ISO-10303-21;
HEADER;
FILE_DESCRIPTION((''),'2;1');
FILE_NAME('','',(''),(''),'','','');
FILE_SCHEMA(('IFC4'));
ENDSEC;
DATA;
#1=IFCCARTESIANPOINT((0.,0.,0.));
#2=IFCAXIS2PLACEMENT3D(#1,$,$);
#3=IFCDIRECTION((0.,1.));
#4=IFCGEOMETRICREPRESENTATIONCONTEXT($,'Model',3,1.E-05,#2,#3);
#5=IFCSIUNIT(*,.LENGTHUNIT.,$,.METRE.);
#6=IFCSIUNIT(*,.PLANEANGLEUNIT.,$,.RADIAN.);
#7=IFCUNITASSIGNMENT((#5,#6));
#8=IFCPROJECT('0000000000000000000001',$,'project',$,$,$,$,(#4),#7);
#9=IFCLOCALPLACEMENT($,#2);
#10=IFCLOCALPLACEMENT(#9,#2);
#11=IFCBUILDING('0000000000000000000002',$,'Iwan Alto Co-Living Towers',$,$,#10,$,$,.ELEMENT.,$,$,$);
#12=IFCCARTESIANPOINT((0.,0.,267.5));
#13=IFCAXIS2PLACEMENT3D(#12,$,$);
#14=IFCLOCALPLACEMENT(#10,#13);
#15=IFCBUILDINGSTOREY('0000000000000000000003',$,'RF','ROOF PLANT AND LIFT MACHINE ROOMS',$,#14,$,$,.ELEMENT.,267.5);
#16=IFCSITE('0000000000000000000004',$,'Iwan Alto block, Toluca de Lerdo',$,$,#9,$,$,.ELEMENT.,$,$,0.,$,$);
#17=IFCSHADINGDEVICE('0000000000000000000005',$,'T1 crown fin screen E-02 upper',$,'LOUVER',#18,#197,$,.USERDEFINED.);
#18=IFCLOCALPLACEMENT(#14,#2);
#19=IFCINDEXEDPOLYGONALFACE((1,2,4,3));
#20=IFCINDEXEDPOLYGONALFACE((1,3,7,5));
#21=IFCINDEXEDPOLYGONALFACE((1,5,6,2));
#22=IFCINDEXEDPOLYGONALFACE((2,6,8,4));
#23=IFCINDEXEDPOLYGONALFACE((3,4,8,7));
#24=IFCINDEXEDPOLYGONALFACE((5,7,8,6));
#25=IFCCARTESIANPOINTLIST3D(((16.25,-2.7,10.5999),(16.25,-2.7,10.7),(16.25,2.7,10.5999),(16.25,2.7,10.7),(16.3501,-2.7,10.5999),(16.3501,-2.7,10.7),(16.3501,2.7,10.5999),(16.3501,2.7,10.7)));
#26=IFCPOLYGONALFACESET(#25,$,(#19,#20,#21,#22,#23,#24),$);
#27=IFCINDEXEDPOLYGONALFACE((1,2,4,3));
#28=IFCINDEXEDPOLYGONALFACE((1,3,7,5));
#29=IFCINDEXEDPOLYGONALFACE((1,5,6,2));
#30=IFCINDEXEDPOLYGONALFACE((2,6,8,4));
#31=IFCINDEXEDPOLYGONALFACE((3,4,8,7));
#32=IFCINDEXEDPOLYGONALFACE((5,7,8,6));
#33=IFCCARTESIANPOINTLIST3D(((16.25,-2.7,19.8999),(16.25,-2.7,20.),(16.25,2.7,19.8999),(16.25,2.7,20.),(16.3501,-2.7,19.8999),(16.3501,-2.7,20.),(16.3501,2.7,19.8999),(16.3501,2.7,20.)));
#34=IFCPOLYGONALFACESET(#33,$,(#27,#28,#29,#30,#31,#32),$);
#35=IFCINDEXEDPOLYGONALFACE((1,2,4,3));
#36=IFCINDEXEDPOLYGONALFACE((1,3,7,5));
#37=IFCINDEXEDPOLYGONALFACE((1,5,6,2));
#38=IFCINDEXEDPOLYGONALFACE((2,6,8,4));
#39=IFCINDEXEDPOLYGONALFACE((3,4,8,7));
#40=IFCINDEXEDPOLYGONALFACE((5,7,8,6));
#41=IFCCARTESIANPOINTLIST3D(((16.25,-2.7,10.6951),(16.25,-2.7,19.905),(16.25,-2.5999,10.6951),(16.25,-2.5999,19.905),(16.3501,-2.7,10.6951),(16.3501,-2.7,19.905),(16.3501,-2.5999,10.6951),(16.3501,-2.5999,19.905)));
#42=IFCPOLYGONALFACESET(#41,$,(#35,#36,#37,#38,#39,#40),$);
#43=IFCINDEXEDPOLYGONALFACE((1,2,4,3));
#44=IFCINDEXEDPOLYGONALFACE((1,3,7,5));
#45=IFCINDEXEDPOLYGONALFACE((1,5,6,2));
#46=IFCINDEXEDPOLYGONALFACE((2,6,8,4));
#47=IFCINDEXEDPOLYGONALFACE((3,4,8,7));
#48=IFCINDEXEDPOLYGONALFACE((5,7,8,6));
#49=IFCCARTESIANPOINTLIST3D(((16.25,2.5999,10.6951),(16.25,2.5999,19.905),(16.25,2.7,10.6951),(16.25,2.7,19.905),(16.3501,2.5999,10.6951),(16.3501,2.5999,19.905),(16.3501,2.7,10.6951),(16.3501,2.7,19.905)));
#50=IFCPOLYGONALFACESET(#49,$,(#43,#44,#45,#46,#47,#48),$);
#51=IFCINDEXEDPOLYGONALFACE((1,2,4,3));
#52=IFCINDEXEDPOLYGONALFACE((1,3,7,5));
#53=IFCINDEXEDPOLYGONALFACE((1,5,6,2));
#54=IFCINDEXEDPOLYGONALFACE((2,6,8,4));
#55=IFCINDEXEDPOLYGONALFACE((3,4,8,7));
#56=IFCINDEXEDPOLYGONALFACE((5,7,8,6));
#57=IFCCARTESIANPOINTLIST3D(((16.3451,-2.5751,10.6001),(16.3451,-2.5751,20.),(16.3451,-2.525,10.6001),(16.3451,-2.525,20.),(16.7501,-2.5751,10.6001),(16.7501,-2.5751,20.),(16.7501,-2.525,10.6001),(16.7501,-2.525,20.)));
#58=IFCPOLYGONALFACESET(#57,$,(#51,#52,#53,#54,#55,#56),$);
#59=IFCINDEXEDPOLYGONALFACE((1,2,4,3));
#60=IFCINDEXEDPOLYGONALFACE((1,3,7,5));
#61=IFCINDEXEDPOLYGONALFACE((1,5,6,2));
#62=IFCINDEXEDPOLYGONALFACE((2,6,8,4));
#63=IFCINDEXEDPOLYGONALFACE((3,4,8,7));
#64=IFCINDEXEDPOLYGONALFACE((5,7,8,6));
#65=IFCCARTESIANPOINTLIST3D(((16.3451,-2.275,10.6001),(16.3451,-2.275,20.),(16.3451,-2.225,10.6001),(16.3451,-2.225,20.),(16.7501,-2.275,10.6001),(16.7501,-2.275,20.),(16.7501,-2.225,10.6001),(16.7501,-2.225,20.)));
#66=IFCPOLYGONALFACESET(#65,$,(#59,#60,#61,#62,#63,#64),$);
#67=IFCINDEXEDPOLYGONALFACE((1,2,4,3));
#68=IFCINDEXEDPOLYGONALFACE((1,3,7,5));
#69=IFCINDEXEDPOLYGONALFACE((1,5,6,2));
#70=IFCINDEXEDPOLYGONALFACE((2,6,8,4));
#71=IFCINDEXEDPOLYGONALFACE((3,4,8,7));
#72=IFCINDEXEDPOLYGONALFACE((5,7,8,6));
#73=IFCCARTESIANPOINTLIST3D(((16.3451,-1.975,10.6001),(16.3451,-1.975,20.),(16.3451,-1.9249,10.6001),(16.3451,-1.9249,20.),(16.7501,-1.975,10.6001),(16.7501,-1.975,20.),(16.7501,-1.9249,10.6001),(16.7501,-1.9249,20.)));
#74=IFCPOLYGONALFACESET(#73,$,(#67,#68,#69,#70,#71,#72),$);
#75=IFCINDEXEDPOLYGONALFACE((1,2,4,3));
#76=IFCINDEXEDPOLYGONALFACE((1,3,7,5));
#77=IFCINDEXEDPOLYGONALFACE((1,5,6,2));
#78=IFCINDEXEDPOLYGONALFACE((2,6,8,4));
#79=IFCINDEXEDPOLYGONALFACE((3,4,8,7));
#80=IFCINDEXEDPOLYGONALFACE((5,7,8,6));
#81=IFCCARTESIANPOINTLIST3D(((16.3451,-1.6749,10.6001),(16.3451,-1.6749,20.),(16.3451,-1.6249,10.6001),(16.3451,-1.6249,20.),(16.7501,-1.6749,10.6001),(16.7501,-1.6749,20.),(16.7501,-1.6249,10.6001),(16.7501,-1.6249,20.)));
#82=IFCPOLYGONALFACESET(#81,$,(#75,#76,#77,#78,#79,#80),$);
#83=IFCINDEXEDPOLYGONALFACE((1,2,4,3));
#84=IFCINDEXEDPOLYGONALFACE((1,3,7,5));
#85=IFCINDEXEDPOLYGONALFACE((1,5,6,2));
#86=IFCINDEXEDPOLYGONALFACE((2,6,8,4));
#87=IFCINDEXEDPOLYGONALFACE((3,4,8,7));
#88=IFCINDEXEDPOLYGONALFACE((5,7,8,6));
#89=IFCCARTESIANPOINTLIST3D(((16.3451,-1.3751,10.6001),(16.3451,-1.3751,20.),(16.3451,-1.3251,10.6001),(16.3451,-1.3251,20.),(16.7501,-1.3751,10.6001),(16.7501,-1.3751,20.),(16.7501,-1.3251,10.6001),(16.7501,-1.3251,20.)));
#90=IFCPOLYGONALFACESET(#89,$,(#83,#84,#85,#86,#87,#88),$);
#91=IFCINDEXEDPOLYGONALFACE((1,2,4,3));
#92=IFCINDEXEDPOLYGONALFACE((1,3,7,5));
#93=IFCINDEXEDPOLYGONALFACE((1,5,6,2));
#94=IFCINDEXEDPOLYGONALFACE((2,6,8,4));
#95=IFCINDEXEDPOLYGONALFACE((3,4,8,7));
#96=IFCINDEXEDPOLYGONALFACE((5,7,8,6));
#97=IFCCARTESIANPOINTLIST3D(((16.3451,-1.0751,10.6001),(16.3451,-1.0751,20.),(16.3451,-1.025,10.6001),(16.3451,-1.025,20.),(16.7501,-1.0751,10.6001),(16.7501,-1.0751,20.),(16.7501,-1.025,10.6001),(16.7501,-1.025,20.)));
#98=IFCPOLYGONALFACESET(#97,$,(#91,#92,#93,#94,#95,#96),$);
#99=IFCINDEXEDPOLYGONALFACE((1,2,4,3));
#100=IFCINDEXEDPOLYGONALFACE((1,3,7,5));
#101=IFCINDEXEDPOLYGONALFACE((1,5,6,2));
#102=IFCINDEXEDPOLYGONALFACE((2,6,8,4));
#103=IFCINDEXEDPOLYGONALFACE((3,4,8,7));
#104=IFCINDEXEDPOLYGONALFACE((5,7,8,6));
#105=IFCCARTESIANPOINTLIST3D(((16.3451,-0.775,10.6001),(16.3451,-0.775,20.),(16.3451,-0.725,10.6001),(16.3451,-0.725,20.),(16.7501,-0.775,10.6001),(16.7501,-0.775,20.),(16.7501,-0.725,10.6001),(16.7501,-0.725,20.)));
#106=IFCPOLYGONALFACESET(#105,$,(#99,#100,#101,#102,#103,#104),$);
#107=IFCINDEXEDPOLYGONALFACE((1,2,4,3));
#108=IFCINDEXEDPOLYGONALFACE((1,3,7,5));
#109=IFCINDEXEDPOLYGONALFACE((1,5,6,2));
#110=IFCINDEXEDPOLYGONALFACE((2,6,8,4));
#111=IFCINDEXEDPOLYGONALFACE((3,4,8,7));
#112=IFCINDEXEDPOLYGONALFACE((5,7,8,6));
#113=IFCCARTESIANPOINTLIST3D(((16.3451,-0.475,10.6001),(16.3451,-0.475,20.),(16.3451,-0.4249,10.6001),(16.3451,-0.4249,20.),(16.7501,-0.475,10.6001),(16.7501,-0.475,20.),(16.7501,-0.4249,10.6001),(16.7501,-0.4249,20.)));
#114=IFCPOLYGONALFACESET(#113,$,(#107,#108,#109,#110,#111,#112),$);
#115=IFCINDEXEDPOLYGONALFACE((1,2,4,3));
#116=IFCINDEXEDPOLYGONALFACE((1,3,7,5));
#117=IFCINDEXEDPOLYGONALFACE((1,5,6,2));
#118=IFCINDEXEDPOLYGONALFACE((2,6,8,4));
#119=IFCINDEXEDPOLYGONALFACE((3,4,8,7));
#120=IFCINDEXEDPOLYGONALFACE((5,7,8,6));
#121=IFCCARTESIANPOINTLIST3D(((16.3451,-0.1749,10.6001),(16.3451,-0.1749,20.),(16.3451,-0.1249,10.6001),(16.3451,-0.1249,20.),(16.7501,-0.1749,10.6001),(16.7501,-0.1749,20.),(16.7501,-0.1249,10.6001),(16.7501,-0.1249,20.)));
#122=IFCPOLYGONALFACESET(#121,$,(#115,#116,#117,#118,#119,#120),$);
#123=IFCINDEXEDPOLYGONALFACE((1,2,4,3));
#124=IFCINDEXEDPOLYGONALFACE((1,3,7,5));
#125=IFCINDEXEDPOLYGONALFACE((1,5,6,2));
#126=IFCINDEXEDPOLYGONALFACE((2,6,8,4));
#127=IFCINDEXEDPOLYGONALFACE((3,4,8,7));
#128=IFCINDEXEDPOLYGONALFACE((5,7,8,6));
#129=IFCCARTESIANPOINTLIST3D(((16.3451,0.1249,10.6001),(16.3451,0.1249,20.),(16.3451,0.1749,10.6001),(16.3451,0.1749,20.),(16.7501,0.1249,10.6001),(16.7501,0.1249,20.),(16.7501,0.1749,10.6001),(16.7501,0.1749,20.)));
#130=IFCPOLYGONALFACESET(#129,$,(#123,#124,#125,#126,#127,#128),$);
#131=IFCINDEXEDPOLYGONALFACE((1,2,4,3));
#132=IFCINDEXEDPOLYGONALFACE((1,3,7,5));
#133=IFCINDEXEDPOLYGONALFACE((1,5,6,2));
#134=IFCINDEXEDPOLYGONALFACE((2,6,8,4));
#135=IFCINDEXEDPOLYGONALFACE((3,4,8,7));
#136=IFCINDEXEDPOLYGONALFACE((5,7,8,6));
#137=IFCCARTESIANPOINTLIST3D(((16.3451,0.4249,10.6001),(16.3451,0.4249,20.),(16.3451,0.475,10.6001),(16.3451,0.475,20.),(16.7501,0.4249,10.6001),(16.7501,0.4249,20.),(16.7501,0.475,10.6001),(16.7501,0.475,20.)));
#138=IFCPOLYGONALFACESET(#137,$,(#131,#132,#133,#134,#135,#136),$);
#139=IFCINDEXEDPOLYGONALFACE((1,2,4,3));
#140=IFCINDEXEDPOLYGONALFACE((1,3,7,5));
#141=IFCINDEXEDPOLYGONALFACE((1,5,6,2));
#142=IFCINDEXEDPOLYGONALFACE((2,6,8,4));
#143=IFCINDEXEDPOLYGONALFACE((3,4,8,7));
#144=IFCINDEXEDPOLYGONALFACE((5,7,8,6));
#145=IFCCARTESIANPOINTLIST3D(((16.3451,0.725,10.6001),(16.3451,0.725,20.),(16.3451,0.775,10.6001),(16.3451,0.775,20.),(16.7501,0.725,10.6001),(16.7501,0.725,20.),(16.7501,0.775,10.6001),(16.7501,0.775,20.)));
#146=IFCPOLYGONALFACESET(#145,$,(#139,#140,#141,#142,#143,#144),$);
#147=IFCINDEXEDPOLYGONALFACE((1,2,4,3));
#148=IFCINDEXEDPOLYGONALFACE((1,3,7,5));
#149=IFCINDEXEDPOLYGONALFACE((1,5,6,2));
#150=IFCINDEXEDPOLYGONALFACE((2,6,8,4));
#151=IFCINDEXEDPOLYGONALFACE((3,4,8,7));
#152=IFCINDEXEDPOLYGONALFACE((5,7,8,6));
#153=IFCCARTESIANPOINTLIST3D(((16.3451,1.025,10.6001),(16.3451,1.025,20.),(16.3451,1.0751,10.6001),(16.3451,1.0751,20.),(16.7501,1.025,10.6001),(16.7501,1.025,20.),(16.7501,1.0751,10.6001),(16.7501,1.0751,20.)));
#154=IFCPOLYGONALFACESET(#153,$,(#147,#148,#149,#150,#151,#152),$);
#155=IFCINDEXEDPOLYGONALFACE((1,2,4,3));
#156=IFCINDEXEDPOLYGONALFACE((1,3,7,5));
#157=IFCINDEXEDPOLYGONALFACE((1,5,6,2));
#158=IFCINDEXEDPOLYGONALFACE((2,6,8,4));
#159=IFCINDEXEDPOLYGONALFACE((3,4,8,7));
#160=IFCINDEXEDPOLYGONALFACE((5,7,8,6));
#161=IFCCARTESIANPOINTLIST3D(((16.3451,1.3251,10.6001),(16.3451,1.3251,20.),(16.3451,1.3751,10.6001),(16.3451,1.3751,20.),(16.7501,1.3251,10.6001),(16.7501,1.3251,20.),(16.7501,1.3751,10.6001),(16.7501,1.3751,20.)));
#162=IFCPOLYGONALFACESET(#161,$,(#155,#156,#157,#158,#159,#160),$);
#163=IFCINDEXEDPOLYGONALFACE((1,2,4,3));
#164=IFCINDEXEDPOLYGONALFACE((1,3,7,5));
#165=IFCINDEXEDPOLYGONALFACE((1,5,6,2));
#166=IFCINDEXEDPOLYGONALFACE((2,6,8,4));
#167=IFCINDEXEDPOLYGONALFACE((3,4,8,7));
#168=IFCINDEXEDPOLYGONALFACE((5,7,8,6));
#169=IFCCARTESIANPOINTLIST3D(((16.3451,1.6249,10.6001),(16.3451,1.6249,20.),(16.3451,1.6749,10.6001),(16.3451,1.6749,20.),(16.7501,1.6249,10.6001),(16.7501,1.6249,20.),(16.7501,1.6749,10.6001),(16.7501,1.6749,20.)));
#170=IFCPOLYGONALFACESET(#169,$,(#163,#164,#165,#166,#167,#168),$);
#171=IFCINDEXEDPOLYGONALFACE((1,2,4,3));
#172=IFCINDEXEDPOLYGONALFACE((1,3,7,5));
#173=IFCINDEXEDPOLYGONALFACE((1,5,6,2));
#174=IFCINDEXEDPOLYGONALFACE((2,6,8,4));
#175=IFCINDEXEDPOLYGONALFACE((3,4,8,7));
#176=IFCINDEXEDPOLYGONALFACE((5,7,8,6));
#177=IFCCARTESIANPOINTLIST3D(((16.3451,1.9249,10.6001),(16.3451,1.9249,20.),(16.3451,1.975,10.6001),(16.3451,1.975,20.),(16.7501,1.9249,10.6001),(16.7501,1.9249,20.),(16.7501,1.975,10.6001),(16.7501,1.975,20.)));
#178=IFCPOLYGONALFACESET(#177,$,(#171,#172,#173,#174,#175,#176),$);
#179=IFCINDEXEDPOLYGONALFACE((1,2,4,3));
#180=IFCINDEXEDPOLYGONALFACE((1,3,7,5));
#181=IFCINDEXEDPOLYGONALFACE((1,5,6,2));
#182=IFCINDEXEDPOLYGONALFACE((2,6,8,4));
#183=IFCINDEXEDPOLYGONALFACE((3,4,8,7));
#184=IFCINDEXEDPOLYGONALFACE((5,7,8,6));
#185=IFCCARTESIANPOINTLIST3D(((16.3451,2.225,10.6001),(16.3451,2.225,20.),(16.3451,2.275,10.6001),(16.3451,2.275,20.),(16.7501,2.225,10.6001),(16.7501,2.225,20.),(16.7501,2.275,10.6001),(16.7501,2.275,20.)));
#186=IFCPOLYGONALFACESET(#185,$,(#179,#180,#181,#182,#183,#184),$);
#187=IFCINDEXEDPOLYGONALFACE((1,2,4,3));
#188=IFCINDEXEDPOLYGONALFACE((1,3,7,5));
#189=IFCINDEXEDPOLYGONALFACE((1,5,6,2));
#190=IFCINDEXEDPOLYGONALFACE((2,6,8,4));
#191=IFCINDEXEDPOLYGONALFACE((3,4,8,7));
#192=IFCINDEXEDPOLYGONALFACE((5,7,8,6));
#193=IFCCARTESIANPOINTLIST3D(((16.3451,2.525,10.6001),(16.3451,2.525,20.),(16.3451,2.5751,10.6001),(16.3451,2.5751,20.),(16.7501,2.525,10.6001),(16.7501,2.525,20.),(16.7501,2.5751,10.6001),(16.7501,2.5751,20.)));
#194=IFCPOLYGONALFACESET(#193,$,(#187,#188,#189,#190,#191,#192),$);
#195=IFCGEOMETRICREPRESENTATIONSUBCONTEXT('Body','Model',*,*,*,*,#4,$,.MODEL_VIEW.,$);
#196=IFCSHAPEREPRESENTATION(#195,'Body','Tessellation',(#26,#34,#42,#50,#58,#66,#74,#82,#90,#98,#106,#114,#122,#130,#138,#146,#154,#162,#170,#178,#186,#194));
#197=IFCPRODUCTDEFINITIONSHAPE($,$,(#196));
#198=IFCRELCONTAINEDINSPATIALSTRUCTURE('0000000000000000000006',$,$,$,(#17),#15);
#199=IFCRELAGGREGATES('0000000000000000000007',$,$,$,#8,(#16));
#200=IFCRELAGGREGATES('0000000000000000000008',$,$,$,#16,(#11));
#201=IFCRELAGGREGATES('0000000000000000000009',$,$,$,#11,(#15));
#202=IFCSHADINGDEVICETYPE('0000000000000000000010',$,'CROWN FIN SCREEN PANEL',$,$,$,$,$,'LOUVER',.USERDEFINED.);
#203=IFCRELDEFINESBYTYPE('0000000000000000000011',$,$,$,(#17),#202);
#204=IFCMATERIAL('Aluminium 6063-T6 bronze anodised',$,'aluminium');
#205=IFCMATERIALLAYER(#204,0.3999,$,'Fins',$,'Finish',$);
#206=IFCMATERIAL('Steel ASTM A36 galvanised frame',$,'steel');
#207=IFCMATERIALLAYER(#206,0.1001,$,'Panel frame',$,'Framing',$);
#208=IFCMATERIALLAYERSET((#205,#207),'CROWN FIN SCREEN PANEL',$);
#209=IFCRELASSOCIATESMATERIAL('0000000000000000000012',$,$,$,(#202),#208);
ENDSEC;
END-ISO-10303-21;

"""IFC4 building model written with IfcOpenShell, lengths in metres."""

from ifc_helpers import new_model, si_unit, direction, frame, origin, origin_2d, place, context, subcontext, project, spatial, rectangle, extrude, material, layer, layer_set, type_object, element, save


model = new_model("IFC4")

# Units and contexts
model_context = context("Model", 3, precision=1e-05, world=origin(), true_north=direction((0.0, 1.0)))
body_context = subcontext(model_context, "Body", "Model", "MODEL_VIEW")
ifc_project = project(units=[si_unit("LENGTHUNIT", "METRE"), si_unit("PLANEANGLEUNIT", "RADIAN")], contexts=[model_context])

# Site, building, storey
site_placement = place(None, origin())
site = spatial("IfcSite", under=ifc_project, at=site_placement, Name="Iwan Alto block, Toluca de Lerdo", CompositionType="ELEMENT", RefElevation=0.0)
building_placement = place(site_placement, origin())
building = spatial("IfcBuilding", under=site, at=building_placement, Name="Iwan Alto Co-Living Towers", CompositionType="ELEMENT")
storey_placement = place(building_placement, frame((0.0, 0.0, 267.5)))
storey = spatial("IfcBuildingStorey", under=building, at=storey_placement, Name="RF", Description="ROOF PLANT AND LIFT MACHINE ROOMS", CompositionType="ELEMENT", Elevation=267.5)

# Shading device
ifc_material_1 = material(Name="Aluminium 6063-T6 bronze anodised", Category="aluminium")
ifc_layer_1 = layer(ifc_material_1, 0.3999, Name="Fins", Category="Finish")
ifc_material_2 = material(Name="Steel ASTM A36 galvanised frame", Category="steel")
ifc_layer_2 = layer(ifc_material_2, 0.1001, Name="Panel frame", Category="Framing")
ifc_layer_set = layer_set([ifc_layer_1, ifc_layer_2], Name="CROWN FIN SCREEN PANEL")
shading_device_type = type_object("IfcShadingDeviceType", Name="CROWN FIN SCREEN PANEL", ElementType="LOUVER", PredefinedType="USERDEFINED", material=ifc_layer_set)
shading_device_1_placement = place(storey_placement, frame((0.0, 0.0, -267.5)))
element("IfcShadingDevice", 1, at=shading_device_1_placement, inside=storey, type_object=shading_device_type, Name="T1 crown fin screen E-02 upper", ObjectType="LOUVER", PredefinedType="USERDEFINED", context=body_context, shape_type="SweptSolid", body=[
    extrude(rectangle(XDim=5.3999, YDim=0.1001, at=origin_2d()), frame((16.3, 0.0, 278.0999), z_axis=(0.0, 0.0, 1.0), x_axis=(0.0, 1.0, 0.0)), (0.0, 0.0, 1.0), 0.1001),
    extrude(rectangle(XDim=5.3999, YDim=0.1001, at=origin_2d()), frame((16.3, 0.0, 287.3999), z_axis=(0.0, 0.0, 1.0), x_axis=(0.0, 1.0, 0.0)), (0.0, 0.0, 1.0), 0.1001),
    extrude(rectangle(XDim=0.1001, YDim=0.1001, at=origin_2d()), frame((16.3, -2.6499, 278.1951), z_axis=(0.0, 0.0, 1.0), x_axis=(0.0, 1.0, 0.0)), (0.0, 0.0, 1.0), 9.21),
    extrude(rectangle(XDim=0.1001, YDim=0.1001, at=origin_2d()), frame((16.3, 2.6499, 278.1951), z_axis=(0.0, 0.0, 1.0), x_axis=(0.0, 1.0, 0.0)), (0.0, 0.0, 1.0), 9.21),
    extrude(rectangle(XDim=0.05, YDim=0.405, at=origin_2d()), frame((16.5476, -2.55, 278.1001), z_axis=(0.0, 0.0, 1.0), x_axis=(0.0, 1.0, 0.0)), (0.0, 0.0, 1.0), 9.3999),
    extrude(rectangle(XDim=0.05, YDim=0.405, at=origin_2d()), frame((16.5476, -2.25, 278.1001), z_axis=(0.0, 0.0, 1.0), x_axis=(0.0, 1.0, 0.0)), (0.0, 0.0, 1.0), 9.3999),
    extrude(rectangle(XDim=0.05, YDim=0.405, at=origin_2d()), frame((16.5476, -1.95, 278.1001), z_axis=(0.0, 0.0, 1.0), x_axis=(0.0, 1.0, 0.0)), (0.0, 0.0, 1.0), 9.3999),
    extrude(rectangle(XDim=0.05, YDim=0.405, at=origin_2d()), frame((16.5476, -1.6499, 278.1001), z_axis=(0.0, 0.0, 1.0), x_axis=(0.0, 1.0, 0.0)), (0.0, 0.0, 1.0), 9.3999),
    extrude(rectangle(XDim=0.05, YDim=0.405, at=origin_2d()), frame((16.5476, -1.3501, 278.1001), z_axis=(0.0, 0.0, 1.0), x_axis=(0.0, 1.0, 0.0)), (0.0, 0.0, 1.0), 9.3999),
    extrude(rectangle(XDim=0.05, YDim=0.405, at=origin_2d()), frame((16.5476, -1.05, 278.1001), z_axis=(0.0, 0.0, 1.0), x_axis=(0.0, 1.0, 0.0)), (0.0, 0.0, 1.0), 9.3999),
    extrude(rectangle(XDim=0.05, YDim=0.405, at=origin_2d()), frame((16.5476, -0.75, 278.1001), z_axis=(0.0, 0.0, 1.0), x_axis=(0.0, 1.0, 0.0)), (0.0, 0.0, 1.0), 9.3999),
    extrude(rectangle(XDim=0.05, YDim=0.405, at=origin_2d()), frame((16.5476, -0.45, 278.1001), z_axis=(0.0, 0.0, 1.0), x_axis=(0.0, 1.0, 0.0)), (0.0, 0.0, 1.0), 9.3999),
    extrude(rectangle(XDim=0.05, YDim=0.405, at=origin_2d()), frame((16.5476, -0.1499, 278.1001), z_axis=(0.0, 0.0, 1.0), x_axis=(0.0, 1.0, 0.0)), (0.0, 0.0, 1.0), 9.3999),
    extrude(rectangle(XDim=0.05, YDim=0.405, at=origin_2d()), frame((16.5476, 0.1499, 278.1001), z_axis=(0.0, 0.0, 1.0), x_axis=(0.0, 1.0, 0.0)), (0.0, 0.0, 1.0), 9.3999),
    extrude(rectangle(XDim=0.05, YDim=0.405, at=origin_2d()), frame((16.5476, 0.45, 278.1001), z_axis=(0.0, 0.0, 1.0), x_axis=(0.0, 1.0, 0.0)), (0.0, 0.0, 1.0), 9.3999),
    extrude(rectangle(XDim=0.05, YDim=0.405, at=origin_2d()), frame((16.5476, 0.75, 278.1001), z_axis=(0.0, 0.0, 1.0), x_axis=(0.0, 1.0, 0.0)), (0.0, 0.0, 1.0), 9.3999),
    extrude(rectangle(XDim=0.05, YDim=0.405, at=origin_2d()), frame((16.5476, 1.05, 278.1001), z_axis=(0.0, 0.0, 1.0), x_axis=(0.0, 1.0, 0.0)), (0.0, 0.0, 1.0), 9.3999),
    extrude(rectangle(XDim=0.05, YDim=0.405, at=origin_2d()), frame((16.5476, 1.3501, 278.1001), z_axis=(0.0, 0.0, 1.0), x_axis=(0.0, 1.0, 0.0)), (0.0, 0.0, 1.0), 9.3999),
    extrude(rectangle(XDim=0.05, YDim=0.405, at=origin_2d()), frame((16.5476, 1.6499, 278.1001), z_axis=(0.0, 0.0, 1.0), x_axis=(0.0, 1.0, 0.0)), (0.0, 0.0, 1.0), 9.3999),
    extrude(rectangle(XDim=0.05, YDim=0.405, at=origin_2d()), frame((16.5476, 1.95, 278.1001), z_axis=(0.0, 0.0, 1.0), x_axis=(0.0, 1.0, 0.0)), (0.0, 0.0, 1.0), 9.3999),
    extrude(rectangle(XDim=0.05, YDim=0.405, at=origin_2d()), frame((16.5476, 2.25, 278.1001), z_axis=(0.0, 0.0, 1.0), x_axis=(0.0, 1.0, 0.0)), (0.0, 0.0, 1.0), 9.3999),
    extrude(rectangle(XDim=0.05, YDim=0.405, at=origin_2d()), frame((16.5476, 2.55, 278.1001), z_axis=(0.0, 0.0, 1.0), x_axis=(0.0, 1.0, 0.0)), (0.0, 0.0, 1.0), 9.3999),
])

save(model, "model.ifc")
